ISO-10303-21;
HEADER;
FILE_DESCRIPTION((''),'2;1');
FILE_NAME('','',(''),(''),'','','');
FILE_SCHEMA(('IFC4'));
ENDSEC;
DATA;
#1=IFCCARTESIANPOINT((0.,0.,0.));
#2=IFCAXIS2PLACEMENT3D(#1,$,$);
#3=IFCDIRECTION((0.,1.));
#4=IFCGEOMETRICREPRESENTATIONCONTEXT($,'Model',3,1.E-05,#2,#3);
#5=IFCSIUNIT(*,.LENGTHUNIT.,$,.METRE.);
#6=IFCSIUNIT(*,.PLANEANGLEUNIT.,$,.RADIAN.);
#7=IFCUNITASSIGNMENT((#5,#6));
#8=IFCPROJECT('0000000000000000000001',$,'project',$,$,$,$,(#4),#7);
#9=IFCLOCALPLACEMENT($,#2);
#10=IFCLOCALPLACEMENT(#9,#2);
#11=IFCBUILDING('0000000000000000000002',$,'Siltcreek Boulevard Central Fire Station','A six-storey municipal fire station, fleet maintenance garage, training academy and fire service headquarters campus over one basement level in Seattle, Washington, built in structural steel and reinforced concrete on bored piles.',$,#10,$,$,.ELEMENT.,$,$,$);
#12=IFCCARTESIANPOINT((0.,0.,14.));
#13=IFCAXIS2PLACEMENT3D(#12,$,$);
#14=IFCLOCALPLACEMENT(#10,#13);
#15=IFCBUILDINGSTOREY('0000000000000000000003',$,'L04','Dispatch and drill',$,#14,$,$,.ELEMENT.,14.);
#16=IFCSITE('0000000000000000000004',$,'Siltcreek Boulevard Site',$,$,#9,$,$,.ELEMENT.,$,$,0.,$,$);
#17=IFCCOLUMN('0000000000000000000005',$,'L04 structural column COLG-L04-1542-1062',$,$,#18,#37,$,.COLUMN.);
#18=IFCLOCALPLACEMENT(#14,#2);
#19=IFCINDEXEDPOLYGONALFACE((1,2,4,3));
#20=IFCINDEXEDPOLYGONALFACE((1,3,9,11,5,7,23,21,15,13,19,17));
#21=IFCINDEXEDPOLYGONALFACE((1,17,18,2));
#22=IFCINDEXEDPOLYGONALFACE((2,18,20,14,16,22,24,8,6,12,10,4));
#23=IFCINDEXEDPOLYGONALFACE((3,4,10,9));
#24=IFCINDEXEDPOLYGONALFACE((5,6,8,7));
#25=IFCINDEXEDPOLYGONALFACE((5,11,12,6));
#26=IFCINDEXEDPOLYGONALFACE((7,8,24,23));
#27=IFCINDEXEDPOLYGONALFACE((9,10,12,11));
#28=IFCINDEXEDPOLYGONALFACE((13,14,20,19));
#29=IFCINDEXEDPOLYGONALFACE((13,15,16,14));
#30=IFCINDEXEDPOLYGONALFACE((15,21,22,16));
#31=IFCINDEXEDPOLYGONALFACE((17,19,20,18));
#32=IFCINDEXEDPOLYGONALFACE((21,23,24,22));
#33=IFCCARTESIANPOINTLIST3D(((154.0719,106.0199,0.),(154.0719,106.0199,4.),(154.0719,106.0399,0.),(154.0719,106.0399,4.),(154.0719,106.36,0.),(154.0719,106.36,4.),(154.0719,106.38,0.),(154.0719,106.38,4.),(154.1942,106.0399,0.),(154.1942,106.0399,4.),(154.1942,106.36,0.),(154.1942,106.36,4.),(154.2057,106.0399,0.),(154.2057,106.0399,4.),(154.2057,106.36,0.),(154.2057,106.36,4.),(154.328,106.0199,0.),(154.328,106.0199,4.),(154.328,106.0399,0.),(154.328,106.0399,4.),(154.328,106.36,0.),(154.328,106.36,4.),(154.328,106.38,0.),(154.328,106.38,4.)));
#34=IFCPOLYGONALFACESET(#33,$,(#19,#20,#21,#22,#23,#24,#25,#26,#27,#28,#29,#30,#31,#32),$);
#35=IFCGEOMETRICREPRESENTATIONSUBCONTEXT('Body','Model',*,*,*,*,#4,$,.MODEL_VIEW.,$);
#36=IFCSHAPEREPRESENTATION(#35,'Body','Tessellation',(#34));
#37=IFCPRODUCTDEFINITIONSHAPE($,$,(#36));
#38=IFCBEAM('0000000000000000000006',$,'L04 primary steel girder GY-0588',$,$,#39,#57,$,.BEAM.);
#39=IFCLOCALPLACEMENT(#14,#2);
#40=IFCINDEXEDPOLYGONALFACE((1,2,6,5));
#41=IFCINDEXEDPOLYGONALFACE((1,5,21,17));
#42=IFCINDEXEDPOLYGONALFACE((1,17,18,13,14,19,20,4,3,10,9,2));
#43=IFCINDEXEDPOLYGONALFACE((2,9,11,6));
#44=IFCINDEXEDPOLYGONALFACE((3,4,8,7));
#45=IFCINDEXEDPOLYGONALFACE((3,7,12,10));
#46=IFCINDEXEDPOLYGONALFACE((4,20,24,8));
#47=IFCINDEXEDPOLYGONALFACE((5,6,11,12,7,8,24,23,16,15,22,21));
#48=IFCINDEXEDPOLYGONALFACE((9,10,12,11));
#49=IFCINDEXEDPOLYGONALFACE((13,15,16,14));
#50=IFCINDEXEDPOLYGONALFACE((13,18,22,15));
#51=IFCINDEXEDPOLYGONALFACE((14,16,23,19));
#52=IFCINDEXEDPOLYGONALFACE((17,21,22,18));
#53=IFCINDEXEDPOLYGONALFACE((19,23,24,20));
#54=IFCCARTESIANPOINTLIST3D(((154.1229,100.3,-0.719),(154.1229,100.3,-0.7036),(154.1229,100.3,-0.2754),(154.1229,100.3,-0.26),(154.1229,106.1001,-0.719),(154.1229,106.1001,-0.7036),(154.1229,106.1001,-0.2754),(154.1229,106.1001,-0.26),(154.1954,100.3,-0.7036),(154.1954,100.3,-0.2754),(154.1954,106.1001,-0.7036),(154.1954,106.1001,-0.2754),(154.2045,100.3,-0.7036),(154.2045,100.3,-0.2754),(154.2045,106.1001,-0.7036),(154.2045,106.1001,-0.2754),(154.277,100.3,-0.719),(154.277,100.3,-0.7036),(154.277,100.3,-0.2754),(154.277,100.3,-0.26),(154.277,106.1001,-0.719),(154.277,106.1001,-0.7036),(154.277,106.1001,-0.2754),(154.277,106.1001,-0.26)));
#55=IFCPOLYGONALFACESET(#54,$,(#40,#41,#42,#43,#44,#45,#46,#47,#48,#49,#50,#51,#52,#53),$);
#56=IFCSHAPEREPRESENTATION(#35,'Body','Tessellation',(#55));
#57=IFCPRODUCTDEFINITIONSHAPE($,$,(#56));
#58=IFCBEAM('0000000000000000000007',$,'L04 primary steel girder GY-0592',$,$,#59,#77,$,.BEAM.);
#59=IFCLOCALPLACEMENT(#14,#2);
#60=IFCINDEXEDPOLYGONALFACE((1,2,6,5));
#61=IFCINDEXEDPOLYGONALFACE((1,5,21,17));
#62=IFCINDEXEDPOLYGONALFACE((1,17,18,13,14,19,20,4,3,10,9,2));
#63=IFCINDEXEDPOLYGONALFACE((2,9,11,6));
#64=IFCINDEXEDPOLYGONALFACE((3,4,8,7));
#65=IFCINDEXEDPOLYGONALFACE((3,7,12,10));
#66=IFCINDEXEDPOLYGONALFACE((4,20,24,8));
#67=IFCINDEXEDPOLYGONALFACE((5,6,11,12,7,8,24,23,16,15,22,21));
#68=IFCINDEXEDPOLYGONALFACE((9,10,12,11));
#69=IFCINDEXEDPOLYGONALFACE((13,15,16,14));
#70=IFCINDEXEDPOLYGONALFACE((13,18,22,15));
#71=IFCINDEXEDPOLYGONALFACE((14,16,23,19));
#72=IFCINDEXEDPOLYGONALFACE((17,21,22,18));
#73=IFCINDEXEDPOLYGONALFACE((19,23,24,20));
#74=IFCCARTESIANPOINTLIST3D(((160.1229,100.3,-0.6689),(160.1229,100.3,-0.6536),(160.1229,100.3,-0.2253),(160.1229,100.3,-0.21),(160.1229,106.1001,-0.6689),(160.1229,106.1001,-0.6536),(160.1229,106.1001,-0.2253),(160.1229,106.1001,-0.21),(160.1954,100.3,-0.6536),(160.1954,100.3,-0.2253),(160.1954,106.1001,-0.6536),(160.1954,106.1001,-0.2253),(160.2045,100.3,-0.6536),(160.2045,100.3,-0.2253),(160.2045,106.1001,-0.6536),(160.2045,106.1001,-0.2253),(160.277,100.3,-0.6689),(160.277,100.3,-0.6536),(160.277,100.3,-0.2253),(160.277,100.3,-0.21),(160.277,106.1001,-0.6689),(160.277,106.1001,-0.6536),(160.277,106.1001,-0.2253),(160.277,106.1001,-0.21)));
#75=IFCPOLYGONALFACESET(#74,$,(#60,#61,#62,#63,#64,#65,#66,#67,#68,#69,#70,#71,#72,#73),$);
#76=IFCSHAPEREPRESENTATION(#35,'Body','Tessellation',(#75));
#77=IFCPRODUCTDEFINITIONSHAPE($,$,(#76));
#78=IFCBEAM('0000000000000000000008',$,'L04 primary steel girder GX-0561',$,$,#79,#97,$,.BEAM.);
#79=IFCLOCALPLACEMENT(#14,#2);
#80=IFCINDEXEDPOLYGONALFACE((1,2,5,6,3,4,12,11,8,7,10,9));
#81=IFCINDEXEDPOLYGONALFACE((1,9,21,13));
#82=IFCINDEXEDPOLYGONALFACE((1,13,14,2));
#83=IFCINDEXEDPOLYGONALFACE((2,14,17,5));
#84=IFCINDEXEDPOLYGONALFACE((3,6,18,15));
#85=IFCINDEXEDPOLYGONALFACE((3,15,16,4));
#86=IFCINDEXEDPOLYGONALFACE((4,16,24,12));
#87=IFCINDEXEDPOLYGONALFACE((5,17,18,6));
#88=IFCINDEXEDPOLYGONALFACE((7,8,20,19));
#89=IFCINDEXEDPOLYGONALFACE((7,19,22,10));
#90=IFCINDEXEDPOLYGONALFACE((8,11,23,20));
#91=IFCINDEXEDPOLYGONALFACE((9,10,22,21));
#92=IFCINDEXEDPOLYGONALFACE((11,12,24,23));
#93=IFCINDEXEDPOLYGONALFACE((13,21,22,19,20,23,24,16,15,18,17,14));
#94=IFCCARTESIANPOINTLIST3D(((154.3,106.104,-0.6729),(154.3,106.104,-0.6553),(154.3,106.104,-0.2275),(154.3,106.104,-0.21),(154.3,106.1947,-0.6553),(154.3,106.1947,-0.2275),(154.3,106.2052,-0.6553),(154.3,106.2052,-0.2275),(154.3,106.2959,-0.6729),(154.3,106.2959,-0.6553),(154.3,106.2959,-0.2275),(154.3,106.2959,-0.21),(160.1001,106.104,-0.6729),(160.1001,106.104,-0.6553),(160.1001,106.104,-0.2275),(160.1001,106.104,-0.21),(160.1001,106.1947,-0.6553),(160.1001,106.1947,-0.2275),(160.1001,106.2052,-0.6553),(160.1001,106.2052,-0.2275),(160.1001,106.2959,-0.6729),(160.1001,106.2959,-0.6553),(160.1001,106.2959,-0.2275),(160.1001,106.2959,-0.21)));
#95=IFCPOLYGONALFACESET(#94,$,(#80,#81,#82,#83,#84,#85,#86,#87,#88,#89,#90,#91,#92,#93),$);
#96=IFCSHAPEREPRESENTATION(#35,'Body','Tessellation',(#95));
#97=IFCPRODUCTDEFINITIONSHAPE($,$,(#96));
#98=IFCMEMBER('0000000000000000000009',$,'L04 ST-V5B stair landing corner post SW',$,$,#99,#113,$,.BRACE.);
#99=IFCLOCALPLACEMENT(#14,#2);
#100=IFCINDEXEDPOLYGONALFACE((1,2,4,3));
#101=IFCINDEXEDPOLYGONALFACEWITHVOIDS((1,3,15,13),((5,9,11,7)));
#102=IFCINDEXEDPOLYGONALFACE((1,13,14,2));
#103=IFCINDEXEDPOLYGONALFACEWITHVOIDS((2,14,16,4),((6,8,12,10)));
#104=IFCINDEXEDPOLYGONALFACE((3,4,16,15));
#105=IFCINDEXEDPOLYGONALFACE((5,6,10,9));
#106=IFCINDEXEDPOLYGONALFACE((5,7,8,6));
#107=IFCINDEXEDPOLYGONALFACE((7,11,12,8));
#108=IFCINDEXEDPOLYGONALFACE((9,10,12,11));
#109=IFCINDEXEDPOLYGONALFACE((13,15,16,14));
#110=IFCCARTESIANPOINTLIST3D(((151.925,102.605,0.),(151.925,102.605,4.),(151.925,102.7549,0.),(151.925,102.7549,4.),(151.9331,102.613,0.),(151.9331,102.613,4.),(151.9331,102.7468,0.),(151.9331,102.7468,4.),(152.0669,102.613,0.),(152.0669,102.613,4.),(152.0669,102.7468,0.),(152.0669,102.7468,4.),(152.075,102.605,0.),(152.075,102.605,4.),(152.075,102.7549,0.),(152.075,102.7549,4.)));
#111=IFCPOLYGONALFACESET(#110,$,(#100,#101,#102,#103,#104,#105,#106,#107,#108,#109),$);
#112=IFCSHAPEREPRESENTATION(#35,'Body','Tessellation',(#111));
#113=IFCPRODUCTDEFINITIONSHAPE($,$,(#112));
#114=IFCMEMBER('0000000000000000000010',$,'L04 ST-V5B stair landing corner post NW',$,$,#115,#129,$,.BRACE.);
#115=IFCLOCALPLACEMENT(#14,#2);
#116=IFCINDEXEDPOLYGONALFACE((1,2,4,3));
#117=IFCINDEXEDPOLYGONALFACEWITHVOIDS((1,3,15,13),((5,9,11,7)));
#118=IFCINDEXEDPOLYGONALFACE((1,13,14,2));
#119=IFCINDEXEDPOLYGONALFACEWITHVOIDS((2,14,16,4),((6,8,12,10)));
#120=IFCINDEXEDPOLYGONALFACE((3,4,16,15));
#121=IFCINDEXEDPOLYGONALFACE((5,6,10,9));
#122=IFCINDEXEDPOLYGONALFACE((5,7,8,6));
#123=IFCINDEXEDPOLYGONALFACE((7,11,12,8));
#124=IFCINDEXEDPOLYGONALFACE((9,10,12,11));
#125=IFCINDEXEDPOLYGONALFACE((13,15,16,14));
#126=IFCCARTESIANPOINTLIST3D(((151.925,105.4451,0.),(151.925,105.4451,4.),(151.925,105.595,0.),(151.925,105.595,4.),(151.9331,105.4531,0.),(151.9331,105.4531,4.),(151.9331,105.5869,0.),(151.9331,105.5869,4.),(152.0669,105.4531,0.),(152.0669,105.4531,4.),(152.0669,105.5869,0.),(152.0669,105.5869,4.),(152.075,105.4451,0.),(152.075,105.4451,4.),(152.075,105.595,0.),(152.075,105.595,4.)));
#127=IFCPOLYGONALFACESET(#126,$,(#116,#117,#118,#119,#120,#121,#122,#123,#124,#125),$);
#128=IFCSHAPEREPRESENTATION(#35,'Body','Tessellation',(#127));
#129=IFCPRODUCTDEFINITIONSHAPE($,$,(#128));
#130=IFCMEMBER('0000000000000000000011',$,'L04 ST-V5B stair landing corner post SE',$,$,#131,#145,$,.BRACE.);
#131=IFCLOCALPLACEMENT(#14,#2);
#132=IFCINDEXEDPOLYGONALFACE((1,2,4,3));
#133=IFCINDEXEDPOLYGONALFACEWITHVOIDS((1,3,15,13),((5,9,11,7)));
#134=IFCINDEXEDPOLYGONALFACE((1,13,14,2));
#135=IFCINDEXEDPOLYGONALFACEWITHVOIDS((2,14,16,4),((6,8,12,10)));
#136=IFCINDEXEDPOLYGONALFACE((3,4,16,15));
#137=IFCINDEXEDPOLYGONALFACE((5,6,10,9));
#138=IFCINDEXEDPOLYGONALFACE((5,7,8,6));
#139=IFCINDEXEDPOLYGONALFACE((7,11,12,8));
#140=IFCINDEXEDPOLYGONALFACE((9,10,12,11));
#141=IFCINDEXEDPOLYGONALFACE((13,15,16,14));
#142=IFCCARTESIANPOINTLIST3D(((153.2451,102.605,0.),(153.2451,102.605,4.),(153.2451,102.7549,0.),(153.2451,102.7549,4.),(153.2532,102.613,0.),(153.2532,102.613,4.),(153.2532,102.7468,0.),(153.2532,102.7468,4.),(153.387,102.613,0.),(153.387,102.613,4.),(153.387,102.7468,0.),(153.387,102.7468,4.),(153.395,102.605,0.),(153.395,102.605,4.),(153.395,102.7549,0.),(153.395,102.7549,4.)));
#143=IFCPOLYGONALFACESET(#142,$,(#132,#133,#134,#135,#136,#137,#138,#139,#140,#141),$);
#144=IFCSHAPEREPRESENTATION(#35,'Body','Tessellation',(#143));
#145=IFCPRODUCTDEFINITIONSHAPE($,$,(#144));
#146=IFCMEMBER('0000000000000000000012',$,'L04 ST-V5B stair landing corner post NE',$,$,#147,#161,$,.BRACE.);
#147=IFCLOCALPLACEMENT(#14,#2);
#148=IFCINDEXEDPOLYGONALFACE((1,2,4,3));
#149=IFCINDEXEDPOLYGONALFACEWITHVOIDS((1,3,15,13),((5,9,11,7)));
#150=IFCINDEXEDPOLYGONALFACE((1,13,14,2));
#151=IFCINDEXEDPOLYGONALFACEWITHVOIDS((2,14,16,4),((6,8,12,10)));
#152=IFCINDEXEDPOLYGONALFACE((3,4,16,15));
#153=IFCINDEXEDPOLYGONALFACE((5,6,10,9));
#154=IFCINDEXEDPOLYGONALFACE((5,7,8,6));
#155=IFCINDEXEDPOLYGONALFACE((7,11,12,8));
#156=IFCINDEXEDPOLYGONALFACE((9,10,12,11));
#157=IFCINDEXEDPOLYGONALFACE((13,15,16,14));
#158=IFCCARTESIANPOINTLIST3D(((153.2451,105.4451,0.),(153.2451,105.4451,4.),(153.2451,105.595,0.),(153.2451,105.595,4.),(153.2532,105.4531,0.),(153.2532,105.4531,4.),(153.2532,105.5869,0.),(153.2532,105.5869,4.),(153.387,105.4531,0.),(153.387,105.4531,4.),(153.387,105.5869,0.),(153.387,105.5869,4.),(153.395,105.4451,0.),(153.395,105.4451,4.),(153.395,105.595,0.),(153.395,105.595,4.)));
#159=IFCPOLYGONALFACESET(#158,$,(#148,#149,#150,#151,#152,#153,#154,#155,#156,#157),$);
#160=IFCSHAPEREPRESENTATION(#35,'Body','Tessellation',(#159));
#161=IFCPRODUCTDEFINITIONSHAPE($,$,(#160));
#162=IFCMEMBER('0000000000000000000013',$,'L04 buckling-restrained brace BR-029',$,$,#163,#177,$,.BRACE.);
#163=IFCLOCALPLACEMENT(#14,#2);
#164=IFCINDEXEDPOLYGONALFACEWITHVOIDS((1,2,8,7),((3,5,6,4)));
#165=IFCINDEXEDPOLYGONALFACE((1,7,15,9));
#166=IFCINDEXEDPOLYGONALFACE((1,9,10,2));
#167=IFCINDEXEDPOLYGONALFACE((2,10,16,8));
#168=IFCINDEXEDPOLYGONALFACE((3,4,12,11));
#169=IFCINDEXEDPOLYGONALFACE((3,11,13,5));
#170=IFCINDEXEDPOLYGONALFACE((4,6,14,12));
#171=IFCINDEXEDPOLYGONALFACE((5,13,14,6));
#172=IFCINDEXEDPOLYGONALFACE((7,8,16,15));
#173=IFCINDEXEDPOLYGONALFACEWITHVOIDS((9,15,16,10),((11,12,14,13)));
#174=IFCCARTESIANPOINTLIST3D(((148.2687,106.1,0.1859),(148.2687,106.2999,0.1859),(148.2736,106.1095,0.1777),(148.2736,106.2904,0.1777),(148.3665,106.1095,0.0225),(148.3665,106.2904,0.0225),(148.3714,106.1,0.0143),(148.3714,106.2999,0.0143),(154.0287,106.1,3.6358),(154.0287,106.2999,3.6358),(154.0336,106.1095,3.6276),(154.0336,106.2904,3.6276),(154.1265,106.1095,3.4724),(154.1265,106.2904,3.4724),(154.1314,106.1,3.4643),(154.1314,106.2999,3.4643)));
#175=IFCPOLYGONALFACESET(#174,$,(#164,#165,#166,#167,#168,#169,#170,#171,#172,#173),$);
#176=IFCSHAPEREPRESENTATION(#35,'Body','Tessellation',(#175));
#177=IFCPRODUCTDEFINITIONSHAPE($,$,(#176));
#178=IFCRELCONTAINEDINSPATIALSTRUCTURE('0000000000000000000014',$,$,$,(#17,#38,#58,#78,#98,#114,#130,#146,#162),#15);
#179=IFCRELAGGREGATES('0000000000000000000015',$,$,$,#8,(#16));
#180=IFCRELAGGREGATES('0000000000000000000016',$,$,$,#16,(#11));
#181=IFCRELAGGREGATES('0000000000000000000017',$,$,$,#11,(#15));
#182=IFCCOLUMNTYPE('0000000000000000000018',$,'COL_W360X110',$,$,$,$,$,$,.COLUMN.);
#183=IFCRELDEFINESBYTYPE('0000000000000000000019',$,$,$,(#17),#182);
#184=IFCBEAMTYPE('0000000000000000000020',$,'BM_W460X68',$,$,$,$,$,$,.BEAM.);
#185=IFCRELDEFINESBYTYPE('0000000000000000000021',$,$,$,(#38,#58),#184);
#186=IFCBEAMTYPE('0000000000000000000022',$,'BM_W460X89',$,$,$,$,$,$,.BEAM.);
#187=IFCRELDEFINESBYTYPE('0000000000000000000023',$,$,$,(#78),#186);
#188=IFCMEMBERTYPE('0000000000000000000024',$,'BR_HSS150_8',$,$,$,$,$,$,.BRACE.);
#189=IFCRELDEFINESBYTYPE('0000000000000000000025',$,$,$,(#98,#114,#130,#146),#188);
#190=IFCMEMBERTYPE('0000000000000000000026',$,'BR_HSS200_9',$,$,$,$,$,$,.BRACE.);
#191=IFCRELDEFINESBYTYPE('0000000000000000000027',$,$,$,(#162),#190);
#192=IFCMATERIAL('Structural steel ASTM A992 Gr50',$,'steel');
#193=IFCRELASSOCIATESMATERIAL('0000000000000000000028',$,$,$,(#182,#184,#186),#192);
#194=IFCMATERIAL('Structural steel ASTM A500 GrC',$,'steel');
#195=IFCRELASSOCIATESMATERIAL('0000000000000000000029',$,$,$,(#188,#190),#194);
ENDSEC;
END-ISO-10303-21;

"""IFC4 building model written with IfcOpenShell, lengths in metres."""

from ifc_helpers import new_model, si_unit, direction, frame, origin, origin_2d, place, context, subcontext, project, spatial, hollow_rectangle, i_section, extrude, material, material_profile, profile_set, type_object, element, save


model = new_model("IFC4")

# Units and contexts
model_context = context("Model", 3, precision=1e-05, world=origin(), true_north=direction((0.0, 1.0)))
body_context = subcontext(model_context, "Body", "Model", "MODEL_VIEW")
ifc_project = project(units=[si_unit("LENGTHUNIT", "METRE"), si_unit("PLANEANGLEUNIT", "RADIAN")], contexts=[model_context])

# Site, building, storey
site_placement = place(None, origin())
site = spatial("IfcSite", under=ifc_project, at=site_placement, Name="Siltcreek Boulevard Site", CompositionType="ELEMENT", RefElevation=0.0)
building_placement = place(site_placement, origin())
building = spatial("IfcBuilding", under=site, at=building_placement, Name="Siltcreek Boulevard Central Fire Station", Description="A six-storey municipal fire station, fleet maintenance garage, training academy and fire service headquarters campus over one basement level in Seattle, Washington, built in structural steel and reinforced concrete on bored piles.", CompositionType="ELEMENT")
storey_placement = place(building_placement, frame((0.0, 0.0, 14.0)))
storey = spatial("IfcBuildingStorey", under=building, at=storey_placement, Name="L04", Description="Dispatch and drill", CompositionType="ELEMENT", Elevation=14.0)

# Column
ifc_material_1 = material(Name="Structural steel ASTM A992 Gr50", Category="steel")
ifc_material_profile_1 = material_profile(ifc_material_1, i_section(OverallWidth=0.2561, OverallDepth=0.3601, WebThickness=0.0115, FlangeThickness=0.02, at=origin_2d()), Name="W360X110")
ifc_profile_set_1 = profile_set([ifc_material_profile_1], Name="Structural steel ASTM A992 Gr50")
column_type = type_object("IfcColumnType", Name="COL_W360X110", PredefinedType="COLUMN", material=ifc_profile_set_1)
column_placement = place(storey_placement, frame((154.2, 106.2, 0.0), z_axis=(0.0, 0.0, 1.0), x_axis=(1.0, 0.0, 0.0)))
element("IfcColumn", 1, at=column_placement, inside=storey, type_object=column_type, Name="L04 structural column COLG-L04-1542-1062", PredefinedType="COLUMN", context=body_context, shape_type="SweptSolid", body=[
    extrude(i_section(OverallWidth=0.2561, OverallDepth=0.3601, WebThickness=0.0115, FlangeThickness=0.02, at=origin_2d()), origin(), (0.0, 0.0, 1.0), 4.0),
])

# Beams
ifc_material_profile_2 = material_profile(ifc_material_1, i_section(OverallWidth=0.1541, OverallDepth=0.459, WebThickness=0.009, FlangeThickness=0.0154, at=origin_2d()), Name="W460X68")
ifc_profile_set_2 = profile_set([ifc_material_profile_2], Name="Structural steel ASTM A992 Gr50")
beam_type_1 = type_object("IfcBeamType", Name="BM_W460X68", PredefinedType="BEAM", material=ifc_profile_set_2)
for number, where, z_axis, x_axis, name in (
    (2, (154.2, 100.3, -0.4895), (0.0, 1.0, 0.0), (-1.0, 0.0, 0.0), "L04 primary steel girder GY-0588"),
    (3, (160.2, 100.3, -0.4395), (0.0, 1.0, 0.0), (-1.0, 0.0, 0.0), "L04 primary steel girder GY-0592"),
):
    element("IfcBeam", number, at=place(storey_placement, frame(where, z_axis=z_axis, x_axis=x_axis)), inside=storey, type_object=beam_type_1, Name=name, PredefinedType="BEAM", context=body_context, shape_type="SweptSolid", body=[
        extrude(i_section(OverallWidth=0.1541, OverallDepth=0.459, WebThickness=0.009, FlangeThickness=0.0154, at=origin_2d()), origin(), (0.0, 0.0, 1.0), 5.8),
    ])
ifc_material_profile_3 = material_profile(ifc_material_1, i_section(OverallWidth=0.1919, OverallDepth=0.4629, WebThickness=0.0105, FlangeThickness=0.0176, at=origin_2d()), Name="W460X89")
ifc_profile_set_3 = profile_set([ifc_material_profile_3], Name="Structural steel ASTM A992 Gr50")
beam_type_2 = type_object("IfcBeamType", Name="BM_W460X89", PredefinedType="BEAM", material=ifc_profile_set_3)
beam_1_placement = place(storey_placement, frame((154.3, 106.2, -0.4414), z_axis=(1.0, 0.0, 0.0), x_axis=(0.0, 1.0, 0.0)))
element("IfcBeam", 4, at=beam_1_placement, inside=storey, type_object=beam_type_2, Name="L04 primary steel girder GX-0561", PredefinedType="BEAM", context=body_context, shape_type="SweptSolid", body=[
    extrude(i_section(OverallWidth=0.1919, OverallDepth=0.4629, WebThickness=0.0105, FlangeThickness=0.0176, at=origin_2d()), origin(), (0.0, 0.0, 1.0), 5.8),
])

# Members
ifc_material_2 = material(Name="Structural steel ASTM A500 GrC", Category="steel")
ifc_material_profile_4 = material_profile(ifc_material_2, hollow_rectangle(XDim=0.1499, YDim=0.1499, WallThickness=0.0081, at=origin_2d()), Name="HSS150X150X8.0")
ifc_profile_set_4 = profile_set([ifc_material_profile_4], Name="Structural steel ASTM A500 GrC")
member_type_1 = type_object("IfcMemberType", Name="BR_HSS150_8", PredefinedType="BRACE", material=ifc_profile_set_4)
for number, where, z_axis, x_axis, name in (
    (5, (152.0, 102.6799, 0.0), (0.0, 0.0, 1.0), (1.0, 0.0, 0.0), "L04 ST-V5B stair landing corner post SW"),
    (6, (152.0, 105.52, 0.0), (0.0, 0.0, 1.0), (1.0, 0.0, 0.0), "L04 ST-V5B stair landing corner post NW"),
    (7, (153.3201, 102.6799, 0.0), (0.0, 0.0, 1.0), (1.0, 0.0, 0.0), "L04 ST-V5B stair landing corner post SE"),
    (8, (153.3201, 105.52, 0.0), (0.0, 0.0, 1.0), (1.0, 0.0, 0.0), "L04 ST-V5B stair landing corner post NE"),
):
    element("IfcMember", number, at=place(storey_placement, frame(where, z_axis=z_axis, x_axis=x_axis)), inside=storey, type_object=member_type_1, Name=name, PredefinedType="BRACE", context=body_context, shape_type="SweptSolid", body=[
        extrude(hollow_rectangle(XDim=0.1499, YDim=0.1499, WallThickness=0.0081, at=origin_2d()), origin(), (0.0, 0.0, 1.0), 4.0),
    ])
ifc_material_profile_5 = material_profile(ifc_material_2, hollow_rectangle(XDim=0.2, YDim=0.2, WallThickness=0.0095, at=origin_2d()), Name="HSS200X200X9.5")
ifc_profile_set_5 = profile_set([ifc_material_profile_5], Name="Structural steel ASTM A500 GrC")
member_type_2 = type_object("IfcMemberType", Name="BR_HSS200_9", PredefinedType="BRACE", material=ifc_profile_set_5)
member_placement = place(storey_placement, frame((148.3201, 106.2, 0.1001), z_axis=(0.857891, 0.0, 0.513833), x_axis=(0.0, 1.0, 0.0)))
element("IfcMember", 9, at=member_placement, inside=storey, type_object=member_type_2, Name="L04 buckling-restrained brace BR-029", PredefinedType="BRACE", context=body_context, shape_type="SweptSolid", body=[
    extrude(hollow_rectangle(XDim=0.2, YDim=0.2, WallThickness=0.0095, at=origin_2d()), origin(), (0.0, 0.0, 1.0), 6.7141),
])

save(model, "model.ifc")
